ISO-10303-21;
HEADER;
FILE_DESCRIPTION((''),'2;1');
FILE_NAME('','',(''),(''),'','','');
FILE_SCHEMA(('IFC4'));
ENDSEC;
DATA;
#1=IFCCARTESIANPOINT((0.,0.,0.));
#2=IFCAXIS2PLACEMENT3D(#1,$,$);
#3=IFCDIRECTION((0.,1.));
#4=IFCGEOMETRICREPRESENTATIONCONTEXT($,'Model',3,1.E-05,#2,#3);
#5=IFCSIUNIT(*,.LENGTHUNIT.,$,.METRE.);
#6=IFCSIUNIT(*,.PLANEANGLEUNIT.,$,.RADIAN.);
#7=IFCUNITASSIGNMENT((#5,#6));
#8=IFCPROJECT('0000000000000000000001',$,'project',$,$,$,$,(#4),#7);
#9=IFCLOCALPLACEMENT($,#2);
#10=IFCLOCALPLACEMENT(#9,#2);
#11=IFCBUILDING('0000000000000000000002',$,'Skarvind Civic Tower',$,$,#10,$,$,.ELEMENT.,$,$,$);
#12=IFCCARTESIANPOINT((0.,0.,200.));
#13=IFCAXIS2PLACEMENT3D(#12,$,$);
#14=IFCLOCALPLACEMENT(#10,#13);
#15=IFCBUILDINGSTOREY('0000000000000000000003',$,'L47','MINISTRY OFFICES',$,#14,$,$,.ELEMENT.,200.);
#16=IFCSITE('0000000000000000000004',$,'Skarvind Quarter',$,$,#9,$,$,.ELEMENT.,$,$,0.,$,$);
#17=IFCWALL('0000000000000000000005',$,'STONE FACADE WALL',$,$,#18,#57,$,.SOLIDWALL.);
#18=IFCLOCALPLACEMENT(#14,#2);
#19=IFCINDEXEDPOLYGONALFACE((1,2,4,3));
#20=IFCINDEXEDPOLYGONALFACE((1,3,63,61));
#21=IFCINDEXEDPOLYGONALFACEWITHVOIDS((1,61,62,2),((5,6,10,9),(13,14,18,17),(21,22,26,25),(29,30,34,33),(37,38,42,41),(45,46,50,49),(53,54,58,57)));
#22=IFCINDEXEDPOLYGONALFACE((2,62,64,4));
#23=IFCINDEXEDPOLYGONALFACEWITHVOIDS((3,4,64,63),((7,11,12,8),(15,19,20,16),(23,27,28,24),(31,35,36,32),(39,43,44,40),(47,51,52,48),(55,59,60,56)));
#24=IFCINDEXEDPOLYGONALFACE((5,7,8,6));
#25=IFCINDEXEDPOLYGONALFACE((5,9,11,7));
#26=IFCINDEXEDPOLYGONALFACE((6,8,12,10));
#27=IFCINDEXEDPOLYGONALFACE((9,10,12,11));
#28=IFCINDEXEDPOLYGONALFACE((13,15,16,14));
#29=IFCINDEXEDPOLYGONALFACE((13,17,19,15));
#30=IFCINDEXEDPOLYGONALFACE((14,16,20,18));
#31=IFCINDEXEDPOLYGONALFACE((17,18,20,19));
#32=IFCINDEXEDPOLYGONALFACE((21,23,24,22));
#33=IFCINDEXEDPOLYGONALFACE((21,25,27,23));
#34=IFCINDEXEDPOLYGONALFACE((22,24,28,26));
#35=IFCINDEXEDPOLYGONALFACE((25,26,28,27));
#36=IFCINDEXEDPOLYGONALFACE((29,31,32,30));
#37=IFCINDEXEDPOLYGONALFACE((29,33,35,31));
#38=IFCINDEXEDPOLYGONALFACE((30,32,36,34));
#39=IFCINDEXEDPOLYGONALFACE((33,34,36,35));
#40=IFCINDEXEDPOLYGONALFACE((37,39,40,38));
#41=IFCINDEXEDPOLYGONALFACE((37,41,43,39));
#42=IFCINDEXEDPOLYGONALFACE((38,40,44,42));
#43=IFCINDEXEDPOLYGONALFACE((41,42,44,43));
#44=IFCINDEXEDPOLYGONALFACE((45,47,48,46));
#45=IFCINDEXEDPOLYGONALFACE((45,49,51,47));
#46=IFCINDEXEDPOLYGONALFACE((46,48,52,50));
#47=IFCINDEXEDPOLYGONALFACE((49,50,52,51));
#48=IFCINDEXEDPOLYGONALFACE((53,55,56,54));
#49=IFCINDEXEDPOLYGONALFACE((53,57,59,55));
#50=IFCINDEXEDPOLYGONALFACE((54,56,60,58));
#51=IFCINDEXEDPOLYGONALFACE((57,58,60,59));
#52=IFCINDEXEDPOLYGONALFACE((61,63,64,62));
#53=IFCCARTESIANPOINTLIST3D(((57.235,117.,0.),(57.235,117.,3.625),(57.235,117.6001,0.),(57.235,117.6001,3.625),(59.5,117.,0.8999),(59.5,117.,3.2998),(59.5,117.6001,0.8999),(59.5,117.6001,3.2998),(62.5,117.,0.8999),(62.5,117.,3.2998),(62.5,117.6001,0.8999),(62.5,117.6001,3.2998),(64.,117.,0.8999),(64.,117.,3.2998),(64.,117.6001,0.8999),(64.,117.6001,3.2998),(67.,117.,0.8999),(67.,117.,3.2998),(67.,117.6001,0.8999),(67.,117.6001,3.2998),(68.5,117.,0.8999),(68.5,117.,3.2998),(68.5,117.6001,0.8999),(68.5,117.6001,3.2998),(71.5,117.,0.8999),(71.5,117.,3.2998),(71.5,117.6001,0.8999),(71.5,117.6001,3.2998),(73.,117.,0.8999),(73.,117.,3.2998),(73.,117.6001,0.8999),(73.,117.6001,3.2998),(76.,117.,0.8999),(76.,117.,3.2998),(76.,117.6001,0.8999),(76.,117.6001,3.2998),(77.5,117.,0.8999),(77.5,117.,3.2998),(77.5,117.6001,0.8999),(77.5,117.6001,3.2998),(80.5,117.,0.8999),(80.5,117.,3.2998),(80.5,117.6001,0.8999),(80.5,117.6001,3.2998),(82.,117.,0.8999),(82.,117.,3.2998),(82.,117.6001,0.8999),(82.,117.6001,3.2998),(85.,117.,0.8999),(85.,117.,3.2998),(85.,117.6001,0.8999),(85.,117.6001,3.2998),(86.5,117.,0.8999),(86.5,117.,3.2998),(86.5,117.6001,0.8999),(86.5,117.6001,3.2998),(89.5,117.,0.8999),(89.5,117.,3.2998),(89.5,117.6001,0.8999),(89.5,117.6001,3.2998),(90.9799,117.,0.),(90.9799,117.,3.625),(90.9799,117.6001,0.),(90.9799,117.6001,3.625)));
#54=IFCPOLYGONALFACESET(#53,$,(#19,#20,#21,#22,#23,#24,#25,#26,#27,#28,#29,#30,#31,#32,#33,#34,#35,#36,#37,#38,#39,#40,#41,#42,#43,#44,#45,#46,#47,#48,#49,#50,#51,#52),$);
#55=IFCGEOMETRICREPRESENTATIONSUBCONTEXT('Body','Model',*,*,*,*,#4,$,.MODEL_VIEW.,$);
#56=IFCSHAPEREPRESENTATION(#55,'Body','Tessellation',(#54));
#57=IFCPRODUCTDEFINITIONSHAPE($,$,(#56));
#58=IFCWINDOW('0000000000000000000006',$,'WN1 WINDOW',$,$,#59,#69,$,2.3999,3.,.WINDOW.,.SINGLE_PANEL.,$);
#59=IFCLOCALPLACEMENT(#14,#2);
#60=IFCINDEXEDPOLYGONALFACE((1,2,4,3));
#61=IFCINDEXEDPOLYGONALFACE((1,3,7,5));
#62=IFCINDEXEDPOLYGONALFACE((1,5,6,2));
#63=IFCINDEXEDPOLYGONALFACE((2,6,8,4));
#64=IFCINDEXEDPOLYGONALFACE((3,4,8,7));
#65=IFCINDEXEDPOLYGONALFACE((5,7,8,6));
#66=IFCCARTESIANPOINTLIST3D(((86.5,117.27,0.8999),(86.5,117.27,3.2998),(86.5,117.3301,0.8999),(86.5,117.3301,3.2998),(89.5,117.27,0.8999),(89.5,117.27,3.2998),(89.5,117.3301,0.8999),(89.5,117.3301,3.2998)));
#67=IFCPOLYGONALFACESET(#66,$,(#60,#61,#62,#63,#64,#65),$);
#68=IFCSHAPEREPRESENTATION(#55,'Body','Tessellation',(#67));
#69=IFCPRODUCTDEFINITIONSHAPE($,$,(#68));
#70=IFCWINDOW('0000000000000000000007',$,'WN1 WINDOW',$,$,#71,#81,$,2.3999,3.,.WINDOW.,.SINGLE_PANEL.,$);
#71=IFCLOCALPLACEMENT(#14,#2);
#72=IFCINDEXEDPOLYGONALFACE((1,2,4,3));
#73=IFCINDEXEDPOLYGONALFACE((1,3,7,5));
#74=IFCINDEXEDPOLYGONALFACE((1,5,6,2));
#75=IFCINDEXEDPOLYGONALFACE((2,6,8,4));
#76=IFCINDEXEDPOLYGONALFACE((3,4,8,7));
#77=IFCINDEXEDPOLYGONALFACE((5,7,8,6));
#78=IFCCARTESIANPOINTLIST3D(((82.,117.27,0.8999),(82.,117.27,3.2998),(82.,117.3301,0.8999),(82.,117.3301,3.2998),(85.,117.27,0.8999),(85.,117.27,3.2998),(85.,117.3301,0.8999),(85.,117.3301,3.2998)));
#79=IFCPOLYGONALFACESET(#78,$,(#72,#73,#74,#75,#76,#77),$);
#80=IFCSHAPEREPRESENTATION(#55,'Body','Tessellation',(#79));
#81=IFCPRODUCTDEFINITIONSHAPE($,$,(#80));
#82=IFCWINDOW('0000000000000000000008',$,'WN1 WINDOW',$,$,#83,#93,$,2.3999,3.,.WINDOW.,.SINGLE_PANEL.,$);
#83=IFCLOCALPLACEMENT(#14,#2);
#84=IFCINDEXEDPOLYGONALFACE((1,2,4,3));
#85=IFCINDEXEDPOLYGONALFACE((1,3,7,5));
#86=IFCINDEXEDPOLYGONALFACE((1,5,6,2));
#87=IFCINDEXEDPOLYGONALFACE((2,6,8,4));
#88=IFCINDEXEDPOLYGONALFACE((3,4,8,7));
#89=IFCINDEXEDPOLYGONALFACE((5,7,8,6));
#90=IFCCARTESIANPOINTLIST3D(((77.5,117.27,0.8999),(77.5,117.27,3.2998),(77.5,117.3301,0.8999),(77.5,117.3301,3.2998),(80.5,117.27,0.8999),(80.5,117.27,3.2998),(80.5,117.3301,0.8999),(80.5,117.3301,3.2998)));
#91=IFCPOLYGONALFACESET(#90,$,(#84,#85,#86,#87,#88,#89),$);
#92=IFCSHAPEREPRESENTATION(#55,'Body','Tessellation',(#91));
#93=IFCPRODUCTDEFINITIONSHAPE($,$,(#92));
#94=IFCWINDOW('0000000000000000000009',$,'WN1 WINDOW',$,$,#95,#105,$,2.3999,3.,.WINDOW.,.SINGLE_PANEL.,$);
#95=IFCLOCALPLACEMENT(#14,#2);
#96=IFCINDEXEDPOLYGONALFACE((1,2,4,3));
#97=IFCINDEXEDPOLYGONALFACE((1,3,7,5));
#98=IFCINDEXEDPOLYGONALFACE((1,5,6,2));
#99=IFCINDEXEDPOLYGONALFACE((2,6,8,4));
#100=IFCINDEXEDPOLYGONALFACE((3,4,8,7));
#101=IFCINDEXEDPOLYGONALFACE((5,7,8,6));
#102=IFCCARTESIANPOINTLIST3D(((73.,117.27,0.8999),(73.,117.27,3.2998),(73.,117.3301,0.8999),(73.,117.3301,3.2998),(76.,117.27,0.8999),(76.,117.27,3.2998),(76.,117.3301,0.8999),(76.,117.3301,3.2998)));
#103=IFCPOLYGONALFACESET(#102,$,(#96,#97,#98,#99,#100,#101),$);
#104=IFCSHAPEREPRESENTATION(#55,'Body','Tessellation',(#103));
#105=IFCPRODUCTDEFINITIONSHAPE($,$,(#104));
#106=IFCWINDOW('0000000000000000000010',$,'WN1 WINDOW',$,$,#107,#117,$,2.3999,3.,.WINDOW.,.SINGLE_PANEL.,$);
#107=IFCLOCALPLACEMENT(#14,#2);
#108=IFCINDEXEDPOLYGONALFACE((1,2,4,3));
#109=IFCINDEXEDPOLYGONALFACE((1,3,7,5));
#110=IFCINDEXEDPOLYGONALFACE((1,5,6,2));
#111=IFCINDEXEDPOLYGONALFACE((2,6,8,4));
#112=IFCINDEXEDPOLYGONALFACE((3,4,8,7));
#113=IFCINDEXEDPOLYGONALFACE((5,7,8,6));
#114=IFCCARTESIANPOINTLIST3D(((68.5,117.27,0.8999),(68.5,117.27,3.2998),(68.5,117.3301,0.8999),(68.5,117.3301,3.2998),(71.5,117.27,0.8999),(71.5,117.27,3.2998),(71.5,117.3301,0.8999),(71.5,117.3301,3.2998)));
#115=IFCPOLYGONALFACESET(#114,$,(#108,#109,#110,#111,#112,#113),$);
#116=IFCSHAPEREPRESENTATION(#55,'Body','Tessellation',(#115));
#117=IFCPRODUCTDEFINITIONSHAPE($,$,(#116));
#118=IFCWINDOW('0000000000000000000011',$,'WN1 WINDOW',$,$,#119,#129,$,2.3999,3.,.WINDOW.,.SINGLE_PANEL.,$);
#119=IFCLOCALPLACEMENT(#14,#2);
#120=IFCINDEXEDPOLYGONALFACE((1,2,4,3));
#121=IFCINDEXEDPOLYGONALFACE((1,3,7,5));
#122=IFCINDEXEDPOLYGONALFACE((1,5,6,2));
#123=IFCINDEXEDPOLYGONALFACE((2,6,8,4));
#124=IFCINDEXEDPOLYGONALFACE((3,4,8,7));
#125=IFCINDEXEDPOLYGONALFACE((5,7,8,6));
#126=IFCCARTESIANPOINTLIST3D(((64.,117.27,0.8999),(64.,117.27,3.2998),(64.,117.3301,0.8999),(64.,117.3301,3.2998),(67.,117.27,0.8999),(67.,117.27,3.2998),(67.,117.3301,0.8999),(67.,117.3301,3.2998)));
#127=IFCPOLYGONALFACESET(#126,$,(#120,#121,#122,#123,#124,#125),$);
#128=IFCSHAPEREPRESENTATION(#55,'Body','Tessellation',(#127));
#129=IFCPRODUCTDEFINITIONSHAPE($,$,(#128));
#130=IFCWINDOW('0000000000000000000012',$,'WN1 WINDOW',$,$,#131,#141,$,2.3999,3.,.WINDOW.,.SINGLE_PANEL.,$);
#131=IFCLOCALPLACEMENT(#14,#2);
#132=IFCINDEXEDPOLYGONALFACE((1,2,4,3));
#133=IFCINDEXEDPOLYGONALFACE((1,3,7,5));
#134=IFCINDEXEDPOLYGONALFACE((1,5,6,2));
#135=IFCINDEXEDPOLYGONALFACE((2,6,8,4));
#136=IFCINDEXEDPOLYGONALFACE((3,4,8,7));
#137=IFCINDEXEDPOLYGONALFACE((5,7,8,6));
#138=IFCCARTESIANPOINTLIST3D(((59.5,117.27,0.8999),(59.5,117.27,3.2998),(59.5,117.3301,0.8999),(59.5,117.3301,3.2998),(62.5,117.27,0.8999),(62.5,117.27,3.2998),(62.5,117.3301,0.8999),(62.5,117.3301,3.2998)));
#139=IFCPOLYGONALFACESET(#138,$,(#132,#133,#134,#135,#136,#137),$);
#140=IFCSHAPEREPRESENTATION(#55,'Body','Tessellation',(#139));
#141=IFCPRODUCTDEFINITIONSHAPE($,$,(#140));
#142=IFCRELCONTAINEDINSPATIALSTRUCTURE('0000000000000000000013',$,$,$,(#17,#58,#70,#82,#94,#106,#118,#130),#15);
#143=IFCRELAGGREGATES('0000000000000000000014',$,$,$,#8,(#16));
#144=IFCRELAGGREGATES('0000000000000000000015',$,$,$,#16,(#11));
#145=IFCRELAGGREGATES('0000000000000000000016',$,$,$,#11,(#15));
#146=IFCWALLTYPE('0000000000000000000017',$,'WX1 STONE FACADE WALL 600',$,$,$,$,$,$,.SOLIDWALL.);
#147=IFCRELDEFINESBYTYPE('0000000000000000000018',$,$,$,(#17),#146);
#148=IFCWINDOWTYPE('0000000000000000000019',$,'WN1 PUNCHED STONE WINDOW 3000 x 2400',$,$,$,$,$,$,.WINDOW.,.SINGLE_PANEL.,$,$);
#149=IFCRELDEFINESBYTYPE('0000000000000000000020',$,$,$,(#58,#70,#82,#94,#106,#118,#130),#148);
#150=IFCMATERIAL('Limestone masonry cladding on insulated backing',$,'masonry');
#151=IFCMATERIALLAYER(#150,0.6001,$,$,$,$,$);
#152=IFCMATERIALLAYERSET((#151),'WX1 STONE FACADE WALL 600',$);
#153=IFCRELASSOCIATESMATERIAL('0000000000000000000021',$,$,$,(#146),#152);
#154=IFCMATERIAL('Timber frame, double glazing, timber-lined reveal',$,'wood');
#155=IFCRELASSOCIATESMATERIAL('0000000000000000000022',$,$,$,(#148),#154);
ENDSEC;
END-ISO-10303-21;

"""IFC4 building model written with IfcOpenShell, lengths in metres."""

from ifc_helpers import new_model, si_unit, direction, frame, frame_2d, origin, place, context, subcontext, project, spatial, rectangle, extrude, material, layer, layer_set, type_object, element, fill, save


model = new_model("IFC4")

# Units and contexts
model_context = context("Model", 3, precision=1e-05, world=origin(), true_north=direction((0.0, 1.0)))
body_context = subcontext(model_context, "Body", "Model", "MODEL_VIEW")
ifc_project = project(units=[si_unit("LENGTHUNIT", "METRE"), si_unit("PLANEANGLEUNIT", "RADIAN")], contexts=[model_context])

# Site, building, storey
site_placement = place(None, origin())
site = spatial("IfcSite", under=ifc_project, at=site_placement, Name="Skarvind Quarter", CompositionType="ELEMENT", RefElevation=0.0)
building_placement = place(site_placement, origin())
building = spatial("IfcBuilding", under=site, at=building_placement, Name="Skarvind Civic Tower", CompositionType="ELEMENT")
storey_placement = place(building_placement, frame((0.0, 0.0, 200.0)))
storey = spatial("IfcBuildingStorey", under=building, at=storey_placement, Name="L47", Description="MINISTRY OFFICES", CompositionType="ELEMENT", Elevation=200.0)

# Wall, openings, windows
ifc_material_1 = material(Name="Limestone masonry cladding on insulated backing", Category="masonry")
ifc_layer_1 = layer(ifc_material_1, 0.6001)
ifc_layer_set_1 = layer_set([ifc_layer_1], Name="WX1 STONE FACADE WALL 600")
wall_type_1 = type_object("IfcWallType", Name="WX1 STONE FACADE WALL 600", PredefinedType="SOLIDWALL", material=ifc_layer_set_1)
wall_1_placement = place(storey_placement, frame((90.98, 117.3, 0.0), z_axis=(0.0, 0.0, 1.0), x_axis=(-1.0, 0.0, 0.0)))
wall_1 = element("IfcWall", 1, at=wall_1_placement, inside=storey, type_object=wall_type_1, Name="STONE FACADE WALL", PredefinedType="SOLIDWALL", context=body_context, shape_type="SweptSolid", body=[
    extrude(rectangle(XDim=33.7449, YDim=0.6001, at=frame_2d((16.8726, 0.0))), origin(), (0.0, 0.0, 1.0), 3.625),
])
opening_1_placement = place(wall_1_placement, frame((1.48, 0.0, 0.8999)))
opening_1 = element("IfcOpeningElement", 2, at=opening_1_placement, cuts=wall_1, PredefinedType="OPENING", context=body_context, shape_type="SweptSolid", body=[
    extrude(rectangle(XDim=3.0, YDim=2.3999, at=frame_2d((1.5, 1.2))), frame((0.0, 0.3101, 0.0), z_axis=(0.0, -1.0, 0.0), x_axis=(1.0, 0.0, 0.0)), (0.0, 0.0, 1.0), 0.6201),
])
opening_2_placement = place(wall_1_placement, frame((5.98, 0.0, 0.8999)))
opening_2 = element("IfcOpeningElement", 3, at=opening_2_placement, cuts=wall_1, PredefinedType="OPENING", context=body_context, shape_type="SweptSolid", body=[
    extrude(rectangle(XDim=3.0, YDim=2.3999, at=frame_2d((1.5, 1.2))), frame((0.0, 0.3101, 0.0), z_axis=(0.0, -1.0, 0.0), x_axis=(1.0, 0.0, 0.0)), (0.0, 0.0, 1.0), 0.6201),
])
opening_3_placement = place(wall_1_placement, frame((10.48, 0.0, 0.8999)))
opening_3 = element("IfcOpeningElement", 4, at=opening_3_placement, cuts=wall_1, PredefinedType="OPENING", context=body_context, shape_type="SweptSolid", body=[
    extrude(rectangle(XDim=3.0, YDim=2.3999, at=frame_2d((1.5, 1.2))), frame((0.0, 0.3101, 0.0), z_axis=(0.0, -1.0, 0.0), x_axis=(1.0, 0.0, 0.0)), (0.0, 0.0, 1.0), 0.6201),
])
opening_4_placement = place(wall_1_placement, frame((14.98, 0.0, 0.8999)))
opening_4 = element("IfcOpeningElement", 5, at=opening_4_placement, cuts=wall_1, PredefinedType="OPENING", context=body_context, shape_type="SweptSolid", body=[
    extrude(rectangle(XDim=3.0, YDim=2.3999, at=frame_2d((1.5, 1.2))), frame((0.0, 0.3101, 0.0), z_axis=(0.0, -1.0, 0.0), x_axis=(1.0, 0.0, 0.0)), (0.0, 0.0, 1.0), 0.6201),
])
opening_5_placement = place(wall_1_placement, frame((19.48, 0.0, 0.8999)))
opening_5 = element("IfcOpeningElement", 6, at=opening_5_placement, cuts=wall_1, PredefinedType="OPENING", context=body_context, shape_type="SweptSolid", body=[
    extrude(rectangle(XDim=3.0, YDim=2.3999, at=frame_2d((1.5, 1.2))), frame((0.0, 0.3101, 0.0), z_axis=(0.0, -1.0, 0.0), x_axis=(1.0, 0.0, 0.0)), (0.0, 0.0, 1.0), 0.6201),
])
opening_6_placement = place(wall_1_placement, frame((23.98, 0.0, 0.8999)))
opening_6 = element("IfcOpeningElement", 7, at=opening_6_placement, cuts=wall_1, PredefinedType="OPENING", context=body_context, shape_type="SweptSolid", body=[
    extrude(rectangle(XDim=3.0, YDim=2.3999, at=frame_2d((1.5, 1.2))), frame((0.0, 0.3101, 0.0), z_axis=(0.0, -1.0, 0.0), x_axis=(1.0, 0.0, 0.0)), (0.0, 0.0, 1.0), 0.6201),
])
opening_7_placement = place(wall_1_placement, frame((28.48, 0.0, 0.8999)))
opening_7 = element("IfcOpeningElement", 8, at=opening_7_placement, cuts=wall_1, PredefinedType="OPENING", context=body_context, shape_type="SweptSolid", body=[
    extrude(rectangle(XDim=3.0, YDim=2.3999, at=frame_2d((1.5, 1.2))), frame((0.0, 0.3101, 0.0), z_axis=(0.0, -1.0, 0.0), x_axis=(1.0, 0.0, 0.0)), (0.0, 0.0, 1.0), 0.6201),
])
ifc_material_2 = material(Name="Timber frame, double glazing, timber-lined reveal", Category="wood")
window_type = type_object("IfcWindowType", Name="WN1 PUNCHED STONE WINDOW 3000 x 2400", PartitioningType="SINGLE_PANEL", PredefinedType="WINDOW", material=ifc_material_2)
window_1_placement = place(opening_1_placement, origin())
window_1 = element("IfcWindow", 9, at=window_1_placement, inside=storey, type_object=window_type, Name="WN1 WINDOW", OverallHeight=2.3999, OverallWidth=3.0, PartitioningType="SINGLE_PANEL", PredefinedType="WINDOW", context=body_context, shape_type="SweptSolid", body=[
    extrude(rectangle(XDim=3.0, YDim=2.3999, at=frame_2d((1.5, 1.2))), frame((0.0, 0.03, 0.0), z_axis=(0.0, -1.0, 0.0), x_axis=(1.0, 0.0, 0.0)), (0.0, 0.0, 1.0), 0.0601),
])
fill(opening_1, window_1)
window_2_placement = place(opening_2_placement, origin())
window_2 = element("IfcWindow", 10, at=window_2_placement, inside=storey, type_object=window_type, Name="WN1 WINDOW", OverallHeight=2.3999, OverallWidth=3.0, PartitioningType="SINGLE_PANEL", PredefinedType="WINDOW", context=body_context, shape_type="SweptSolid", body=[
    extrude(rectangle(XDim=3.0, YDim=2.3999, at=frame_2d((1.5, 1.2))), frame((0.0, 0.03, 0.0), z_axis=(0.0, -1.0, 0.0), x_axis=(1.0, 0.0, 0.0)), (0.0, 0.0, 1.0), 0.0601),
])
fill(opening_2, window_2)
window_3_placement = place(opening_3_placement, origin())
window_3 = element("IfcWindow", 11, at=window_3_placement, inside=storey, type_object=window_type, Name="WN1 WINDOW", OverallHeight=2.3999, OverallWidth=3.0, PartitioningType="SINGLE_PANEL", PredefinedType="WINDOW", context=body_context, shape_type="SweptSolid", body=[
    extrude(rectangle(XDim=3.0, YDim=2.3999, at=frame_2d((1.5, 1.2))), frame((0.0, 0.03, 0.0), z_axis=(0.0, -1.0, 0.0), x_axis=(1.0, 0.0, 0.0)), (0.0, 0.0, 1.0), 0.0601),
])
fill(opening_3, window_3)
window_4_placement = place(opening_4_placement, origin())
window_4 = element("IfcWindow", 12, at=window_4_placement, inside=storey, type_object=window_type, Name="WN1 WINDOW", OverallHeight=2.3999, OverallWidth=3.0, PartitioningType="SINGLE_PANEL", PredefinedType="WINDOW", context=body_context, shape_type="SweptSolid", body=[
    extrude(rectangle(XDim=3.0, YDim=2.3999, at=frame_2d((1.5, 1.2))), frame((0.0, 0.03, 0.0), z_axis=(0.0, -1.0, 0.0), x_axis=(1.0, 0.0, 0.0)), (0.0, 0.0, 1.0), 0.0601),
])
fill(opening_4, window_4)
window_5_placement = place(opening_5_placement, origin())
window_5 = element("IfcWindow", 13, at=window_5_placement, inside=storey, type_object=window_type, Name="WN1 WINDOW", OverallHeight=2.3999, OverallWidth=3.0, PartitioningType="SINGLE_PANEL", PredefinedType="WINDOW", context=body_context, shape_type="SweptSolid", body=[
    extrude(rectangle(XDim=3.0, YDim=2.3999, at=frame_2d((1.5, 1.2))), frame((0.0, 0.03, 0.0), z_axis=(0.0, -1.0, 0.0), x_axis=(1.0, 0.0, 0.0)), (0.0, 0.0, 1.0), 0.0601),
])
fill(opening_5, window_5)
window_6_placement = place(opening_6_placement, origin())
window_6 = element("IfcWindow", 14, at=window_6_placement, inside=storey, type_object=window_type, Name="WN1 WINDOW", OverallHeight=2.3999, OverallWidth=3.0, PartitioningType="SINGLE_PANEL", PredefinedType="WINDOW", context=body_context, shape_type="SweptSolid", body=[
    extrude(rectangle(XDim=3.0, YDim=2.3999, at=frame_2d((1.5, 1.2))), frame((0.0, 0.03, 0.0), z_axis=(0.0, -1.0, 0.0), x_axis=(1.0, 0.0, 0.0)), (0.0, 0.0, 1.0), 0.0601),
])
fill(opening_6, window_6)
window_7_placement = place(opening_7_placement, origin())
window_7 = element("IfcWindow", 15, at=window_7_placement, inside=storey, type_object=window_type, Name="WN1 WINDOW", OverallHeight=2.3999, OverallWidth=3.0, PartitioningType="SINGLE_PANEL", PredefinedType="WINDOW", context=body_context, shape_type="SweptSolid", body=[
    extrude(rectangle(XDim=3.0, YDim=2.3999, at=frame_2d((1.5, 1.2))), frame((0.0, 0.03, 0.0), z_axis=(0.0, -1.0, 0.0), x_axis=(1.0, 0.0, 0.0)), (0.0, 0.0, 1.0), 0.0601),
])
fill(opening_7, window_7)

save(model, "model.ifc")
